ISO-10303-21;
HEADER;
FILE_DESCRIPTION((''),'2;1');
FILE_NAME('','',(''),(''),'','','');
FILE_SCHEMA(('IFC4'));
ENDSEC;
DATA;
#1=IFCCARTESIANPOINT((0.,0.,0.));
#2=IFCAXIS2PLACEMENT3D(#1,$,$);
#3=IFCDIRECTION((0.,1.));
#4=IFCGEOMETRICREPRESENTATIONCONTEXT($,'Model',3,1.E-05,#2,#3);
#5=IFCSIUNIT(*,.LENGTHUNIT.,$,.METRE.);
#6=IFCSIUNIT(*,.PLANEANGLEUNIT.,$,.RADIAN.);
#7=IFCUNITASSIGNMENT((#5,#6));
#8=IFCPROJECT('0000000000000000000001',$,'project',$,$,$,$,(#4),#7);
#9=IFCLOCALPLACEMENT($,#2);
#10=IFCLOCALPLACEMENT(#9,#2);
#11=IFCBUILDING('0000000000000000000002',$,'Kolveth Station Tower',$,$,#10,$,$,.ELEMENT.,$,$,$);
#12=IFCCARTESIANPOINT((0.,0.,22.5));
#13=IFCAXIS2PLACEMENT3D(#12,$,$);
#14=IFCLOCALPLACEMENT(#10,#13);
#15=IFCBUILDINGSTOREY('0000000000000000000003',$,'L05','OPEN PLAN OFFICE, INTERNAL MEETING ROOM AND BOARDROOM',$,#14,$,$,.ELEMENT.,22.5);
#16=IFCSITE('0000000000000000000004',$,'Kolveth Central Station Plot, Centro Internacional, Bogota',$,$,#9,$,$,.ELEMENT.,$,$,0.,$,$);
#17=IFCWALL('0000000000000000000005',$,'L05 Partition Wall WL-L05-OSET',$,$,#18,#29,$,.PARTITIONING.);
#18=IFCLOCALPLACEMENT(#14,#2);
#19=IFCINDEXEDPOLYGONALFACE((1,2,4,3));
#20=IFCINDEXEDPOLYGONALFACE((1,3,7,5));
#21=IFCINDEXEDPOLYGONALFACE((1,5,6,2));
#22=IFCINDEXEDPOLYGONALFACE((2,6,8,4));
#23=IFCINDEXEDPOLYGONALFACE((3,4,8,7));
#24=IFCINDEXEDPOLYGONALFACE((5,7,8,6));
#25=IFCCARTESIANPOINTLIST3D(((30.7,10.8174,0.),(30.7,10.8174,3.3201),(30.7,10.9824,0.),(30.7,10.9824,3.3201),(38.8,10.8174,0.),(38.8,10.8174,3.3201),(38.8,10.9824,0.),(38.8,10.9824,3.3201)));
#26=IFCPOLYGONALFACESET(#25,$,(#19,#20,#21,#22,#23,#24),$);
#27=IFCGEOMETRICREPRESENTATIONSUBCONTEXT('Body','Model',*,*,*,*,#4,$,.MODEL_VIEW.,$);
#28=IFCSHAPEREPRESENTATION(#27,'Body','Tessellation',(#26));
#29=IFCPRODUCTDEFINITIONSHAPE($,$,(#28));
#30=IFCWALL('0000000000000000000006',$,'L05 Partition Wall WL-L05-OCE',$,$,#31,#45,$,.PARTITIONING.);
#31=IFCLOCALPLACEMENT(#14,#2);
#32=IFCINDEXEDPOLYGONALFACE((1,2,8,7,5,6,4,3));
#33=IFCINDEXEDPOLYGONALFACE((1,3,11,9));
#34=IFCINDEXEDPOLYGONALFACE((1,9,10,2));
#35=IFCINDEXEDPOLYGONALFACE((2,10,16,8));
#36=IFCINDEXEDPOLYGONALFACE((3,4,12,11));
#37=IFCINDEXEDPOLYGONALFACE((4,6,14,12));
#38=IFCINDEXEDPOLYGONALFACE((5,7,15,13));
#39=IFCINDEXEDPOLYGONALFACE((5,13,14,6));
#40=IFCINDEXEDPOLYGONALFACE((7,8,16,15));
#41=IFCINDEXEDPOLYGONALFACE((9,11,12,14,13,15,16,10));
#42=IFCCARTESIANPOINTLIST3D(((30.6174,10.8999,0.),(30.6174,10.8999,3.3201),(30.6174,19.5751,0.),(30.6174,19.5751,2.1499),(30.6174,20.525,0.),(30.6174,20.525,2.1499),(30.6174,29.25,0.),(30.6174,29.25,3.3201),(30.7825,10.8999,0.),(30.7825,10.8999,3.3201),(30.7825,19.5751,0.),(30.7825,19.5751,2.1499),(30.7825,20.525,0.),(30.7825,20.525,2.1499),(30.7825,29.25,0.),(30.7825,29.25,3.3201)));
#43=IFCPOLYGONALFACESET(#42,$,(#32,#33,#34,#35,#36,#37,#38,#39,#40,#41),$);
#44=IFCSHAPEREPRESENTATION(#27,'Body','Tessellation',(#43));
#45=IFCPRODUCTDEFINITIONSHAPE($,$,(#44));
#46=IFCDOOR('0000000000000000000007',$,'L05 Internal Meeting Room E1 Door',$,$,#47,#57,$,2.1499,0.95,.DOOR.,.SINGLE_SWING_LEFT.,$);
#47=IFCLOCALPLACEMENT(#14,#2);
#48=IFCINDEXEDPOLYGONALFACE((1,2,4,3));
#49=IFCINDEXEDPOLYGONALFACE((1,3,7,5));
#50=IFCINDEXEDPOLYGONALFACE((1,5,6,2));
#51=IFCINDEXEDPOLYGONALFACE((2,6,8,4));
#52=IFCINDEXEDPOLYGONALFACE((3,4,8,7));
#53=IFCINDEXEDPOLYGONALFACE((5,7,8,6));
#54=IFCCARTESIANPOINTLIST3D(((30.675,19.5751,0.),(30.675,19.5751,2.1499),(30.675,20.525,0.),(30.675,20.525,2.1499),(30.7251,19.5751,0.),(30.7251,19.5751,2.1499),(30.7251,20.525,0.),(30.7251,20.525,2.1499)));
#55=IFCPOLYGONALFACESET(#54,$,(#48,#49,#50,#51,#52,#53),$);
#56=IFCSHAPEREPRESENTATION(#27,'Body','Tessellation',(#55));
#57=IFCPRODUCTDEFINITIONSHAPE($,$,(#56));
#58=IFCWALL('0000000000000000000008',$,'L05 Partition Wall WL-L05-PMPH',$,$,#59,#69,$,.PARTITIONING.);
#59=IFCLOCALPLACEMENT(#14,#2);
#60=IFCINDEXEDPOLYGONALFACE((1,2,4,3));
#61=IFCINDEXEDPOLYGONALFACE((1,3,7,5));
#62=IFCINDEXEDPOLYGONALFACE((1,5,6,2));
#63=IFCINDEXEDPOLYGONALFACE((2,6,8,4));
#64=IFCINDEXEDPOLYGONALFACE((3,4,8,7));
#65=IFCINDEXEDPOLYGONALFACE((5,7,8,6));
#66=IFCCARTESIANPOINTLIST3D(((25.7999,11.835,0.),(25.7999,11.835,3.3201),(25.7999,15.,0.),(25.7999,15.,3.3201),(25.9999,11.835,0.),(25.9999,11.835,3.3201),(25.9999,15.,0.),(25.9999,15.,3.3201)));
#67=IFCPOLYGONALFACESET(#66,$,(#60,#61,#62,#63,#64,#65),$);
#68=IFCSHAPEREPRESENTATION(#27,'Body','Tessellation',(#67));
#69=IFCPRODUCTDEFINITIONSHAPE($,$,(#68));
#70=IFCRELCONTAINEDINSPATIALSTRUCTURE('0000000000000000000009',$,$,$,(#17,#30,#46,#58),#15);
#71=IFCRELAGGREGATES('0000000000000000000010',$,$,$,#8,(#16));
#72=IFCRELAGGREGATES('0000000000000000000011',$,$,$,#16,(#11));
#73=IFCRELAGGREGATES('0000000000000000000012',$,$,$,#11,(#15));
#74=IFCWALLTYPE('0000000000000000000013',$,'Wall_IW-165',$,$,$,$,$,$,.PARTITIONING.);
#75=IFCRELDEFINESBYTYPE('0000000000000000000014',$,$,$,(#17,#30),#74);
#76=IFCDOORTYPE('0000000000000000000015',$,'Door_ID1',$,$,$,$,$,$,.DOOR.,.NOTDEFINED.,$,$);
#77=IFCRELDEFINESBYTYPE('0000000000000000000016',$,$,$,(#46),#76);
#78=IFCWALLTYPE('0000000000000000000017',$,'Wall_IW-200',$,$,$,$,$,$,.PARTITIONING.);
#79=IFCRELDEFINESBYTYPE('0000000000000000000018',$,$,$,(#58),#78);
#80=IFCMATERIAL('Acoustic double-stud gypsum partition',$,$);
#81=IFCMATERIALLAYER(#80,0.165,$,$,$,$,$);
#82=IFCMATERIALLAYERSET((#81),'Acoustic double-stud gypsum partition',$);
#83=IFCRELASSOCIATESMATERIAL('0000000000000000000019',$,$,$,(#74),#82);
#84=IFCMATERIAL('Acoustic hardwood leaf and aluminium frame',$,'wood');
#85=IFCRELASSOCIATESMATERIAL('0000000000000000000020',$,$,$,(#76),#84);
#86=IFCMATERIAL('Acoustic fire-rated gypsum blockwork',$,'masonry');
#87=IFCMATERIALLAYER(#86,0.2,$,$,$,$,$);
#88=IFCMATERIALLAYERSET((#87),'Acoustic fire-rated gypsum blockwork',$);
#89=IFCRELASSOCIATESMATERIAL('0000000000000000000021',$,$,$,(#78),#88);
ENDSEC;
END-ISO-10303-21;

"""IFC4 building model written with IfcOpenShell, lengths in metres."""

from ifc_helpers import new_model, si_unit, direction, frame, frame_2d, origin, place, context, subcontext, project, spatial, rectangle, extrude, material, layer, layer_set, type_object, element, fill, save


model = new_model("IFC4")

# Units and contexts
model_context = context("Model", 3, precision=1e-05, world=origin(), true_north=direction((0.0, 1.0)))
body_context = subcontext(model_context, "Body", "Model", "MODEL_VIEW")
ifc_project = project(units=[si_unit("LENGTHUNIT", "METRE"), si_unit("PLANEANGLEUNIT", "RADIAN")], contexts=[model_context])

# Site, building, storey
site_placement = place(None, origin())
site = spatial("IfcSite", under=ifc_project, at=site_placement, Name="Kolveth Central Station Plot, Centro Internacional, Bogota", CompositionType="ELEMENT", RefElevation=0.0)
building_placement = place(site_placement, origin())
building = spatial("IfcBuilding", under=site, at=building_placement, Name="Kolveth Station Tower", CompositionType="ELEMENT")
storey_placement = place(building_placement, frame((0.0, 0.0, 22.5)))
storey = spatial("IfcBuildingStorey", under=building, at=storey_placement, Name="L05", Description="OPEN PLAN OFFICE, INTERNAL MEETING ROOM AND BOARDROOM", CompositionType="ELEMENT", Elevation=22.5)

# Wall
ifc_material_1 = material(Name="Acoustic double-stud gypsum partition")
ifc_layer_1 = layer(ifc_material_1, 0.165)
ifc_layer_set_1 = layer_set([ifc_layer_1], Name="Acoustic double-stud gypsum partition")
wall_type_1 = type_object("IfcWallType", Name="Wall_IW-165", PredefinedType="PARTITIONING", material=ifc_layer_set_1)
wall_1_placement = place(storey_placement, frame((30.7, 10.8999, 0.0), z_axis=(0.0, 0.0, 1.0), x_axis=(1.0, 0.0, 0.0)))
element("IfcWall", 1, at=wall_1_placement, inside=storey, type_object=wall_type_1, Name="L05 Partition Wall WL-L05-OSET", PredefinedType="PARTITIONING", context=body_context, shape_type="SweptSolid", body=[
    extrude(rectangle(XDim=8.1001, YDim=0.165, at=frame_2d((4.05, 0.0))), origin(), (0.0, 0.0, 1.0), 3.3201),
])

# Wall, opening, door
wall_2_placement = place(storey_placement, frame((30.7, 10.8999, 0.0), z_axis=(0.0, 0.0, 1.0), x_axis=(0.0, 1.0, 0.0)))
wall_2 = element("IfcWall", 2, at=wall_2_placement, inside=storey, type_object=wall_type_1, Name="L05 Partition Wall WL-L05-OCE", PredefinedType="PARTITIONING", context=body_context, shape_type="SweptSolid", body=[
    extrude(rectangle(XDim=18.3501, YDim=0.165, at=frame_2d((9.175, 0.0))), origin(), (0.0, 0.0, 1.0), 3.3201),
])
opening_1_placement = place(wall_2_placement, frame((8.675, 0.0, 0.0)))
opening_1 = element("IfcOpeningElement", 3, at=opening_1_placement, cuts=wall_2, PredefinedType="OPENING", context=body_context, shape_type="SweptSolid", body=[
    extrude(rectangle(XDim=0.95, YDim=2.1499, at=frame_2d((0.4751, 1.075))), frame((0.0, 0.0925, 0.0), z_axis=(0.0, -1.0, 0.0), x_axis=(1.0, 0.0, 0.0)), (0.0, 0.0, 1.0), 0.1851),
])
ifc_material_2 = material(Name="Acoustic hardwood leaf and aluminium frame", Category="wood")
door_type_1 = type_object("IfcDoorType", Name="Door_ID1", OperationType="NOTDEFINED", PredefinedType="DOOR", material=ifc_material_2)
door_1_placement = place(opening_1_placement, origin())
door_1 = element("IfcDoor", 4, at=door_1_placement, inside=storey, type_object=door_type_1, Name="L05 Internal Meeting Room E1 Door", OperationType="SINGLE_SWING_LEFT", OverallHeight=2.1499, OverallWidth=0.95, PredefinedType="DOOR", context=body_context, shape_type="SweptSolid", body=[
    extrude(rectangle(XDim=0.95, YDim=2.1499, at=frame_2d((0.4751, 1.075))), frame((0.0, 0.0249, 0.0), z_axis=(0.0, -1.0, 0.0), x_axis=(1.0, 0.0, 0.0)), (0.0, 0.0, 1.0), 0.05),
])
fill(opening_1, door_1)

# Wall
ifc_material_3 = material(Name="Acoustic fire-rated gypsum blockwork", Category="masonry")
ifc_layer_2 = layer(ifc_material_3, 0.2)
ifc_layer_set_2 = layer_set([ifc_layer_2], Name="Acoustic fire-rated gypsum blockwork")
wall_type_2 = type_object("IfcWallType", Name="Wall_IW-200", PredefinedType="PARTITIONING", material=ifc_layer_set_2)
wall_3_placement = place(storey_placement, frame((25.8999, 11.835, 0.0), z_axis=(0.0, 0.0, 1.0), x_axis=(0.0, 1.0, 0.0)))
element("IfcWall", 5, at=wall_3_placement, inside=storey, type_object=wall_type_2, Name="L05 Partition Wall WL-L05-PMPH", PredefinedType="PARTITIONING", context=body_context, shape_type="SweptSolid", body=[
    extrude(rectangle(XDim=3.165, YDim=0.2, at=frame_2d((1.5825, 0.0))), origin(), (0.0, 0.0, 1.0), 3.3201),
])

save(model, "model.ifc")
